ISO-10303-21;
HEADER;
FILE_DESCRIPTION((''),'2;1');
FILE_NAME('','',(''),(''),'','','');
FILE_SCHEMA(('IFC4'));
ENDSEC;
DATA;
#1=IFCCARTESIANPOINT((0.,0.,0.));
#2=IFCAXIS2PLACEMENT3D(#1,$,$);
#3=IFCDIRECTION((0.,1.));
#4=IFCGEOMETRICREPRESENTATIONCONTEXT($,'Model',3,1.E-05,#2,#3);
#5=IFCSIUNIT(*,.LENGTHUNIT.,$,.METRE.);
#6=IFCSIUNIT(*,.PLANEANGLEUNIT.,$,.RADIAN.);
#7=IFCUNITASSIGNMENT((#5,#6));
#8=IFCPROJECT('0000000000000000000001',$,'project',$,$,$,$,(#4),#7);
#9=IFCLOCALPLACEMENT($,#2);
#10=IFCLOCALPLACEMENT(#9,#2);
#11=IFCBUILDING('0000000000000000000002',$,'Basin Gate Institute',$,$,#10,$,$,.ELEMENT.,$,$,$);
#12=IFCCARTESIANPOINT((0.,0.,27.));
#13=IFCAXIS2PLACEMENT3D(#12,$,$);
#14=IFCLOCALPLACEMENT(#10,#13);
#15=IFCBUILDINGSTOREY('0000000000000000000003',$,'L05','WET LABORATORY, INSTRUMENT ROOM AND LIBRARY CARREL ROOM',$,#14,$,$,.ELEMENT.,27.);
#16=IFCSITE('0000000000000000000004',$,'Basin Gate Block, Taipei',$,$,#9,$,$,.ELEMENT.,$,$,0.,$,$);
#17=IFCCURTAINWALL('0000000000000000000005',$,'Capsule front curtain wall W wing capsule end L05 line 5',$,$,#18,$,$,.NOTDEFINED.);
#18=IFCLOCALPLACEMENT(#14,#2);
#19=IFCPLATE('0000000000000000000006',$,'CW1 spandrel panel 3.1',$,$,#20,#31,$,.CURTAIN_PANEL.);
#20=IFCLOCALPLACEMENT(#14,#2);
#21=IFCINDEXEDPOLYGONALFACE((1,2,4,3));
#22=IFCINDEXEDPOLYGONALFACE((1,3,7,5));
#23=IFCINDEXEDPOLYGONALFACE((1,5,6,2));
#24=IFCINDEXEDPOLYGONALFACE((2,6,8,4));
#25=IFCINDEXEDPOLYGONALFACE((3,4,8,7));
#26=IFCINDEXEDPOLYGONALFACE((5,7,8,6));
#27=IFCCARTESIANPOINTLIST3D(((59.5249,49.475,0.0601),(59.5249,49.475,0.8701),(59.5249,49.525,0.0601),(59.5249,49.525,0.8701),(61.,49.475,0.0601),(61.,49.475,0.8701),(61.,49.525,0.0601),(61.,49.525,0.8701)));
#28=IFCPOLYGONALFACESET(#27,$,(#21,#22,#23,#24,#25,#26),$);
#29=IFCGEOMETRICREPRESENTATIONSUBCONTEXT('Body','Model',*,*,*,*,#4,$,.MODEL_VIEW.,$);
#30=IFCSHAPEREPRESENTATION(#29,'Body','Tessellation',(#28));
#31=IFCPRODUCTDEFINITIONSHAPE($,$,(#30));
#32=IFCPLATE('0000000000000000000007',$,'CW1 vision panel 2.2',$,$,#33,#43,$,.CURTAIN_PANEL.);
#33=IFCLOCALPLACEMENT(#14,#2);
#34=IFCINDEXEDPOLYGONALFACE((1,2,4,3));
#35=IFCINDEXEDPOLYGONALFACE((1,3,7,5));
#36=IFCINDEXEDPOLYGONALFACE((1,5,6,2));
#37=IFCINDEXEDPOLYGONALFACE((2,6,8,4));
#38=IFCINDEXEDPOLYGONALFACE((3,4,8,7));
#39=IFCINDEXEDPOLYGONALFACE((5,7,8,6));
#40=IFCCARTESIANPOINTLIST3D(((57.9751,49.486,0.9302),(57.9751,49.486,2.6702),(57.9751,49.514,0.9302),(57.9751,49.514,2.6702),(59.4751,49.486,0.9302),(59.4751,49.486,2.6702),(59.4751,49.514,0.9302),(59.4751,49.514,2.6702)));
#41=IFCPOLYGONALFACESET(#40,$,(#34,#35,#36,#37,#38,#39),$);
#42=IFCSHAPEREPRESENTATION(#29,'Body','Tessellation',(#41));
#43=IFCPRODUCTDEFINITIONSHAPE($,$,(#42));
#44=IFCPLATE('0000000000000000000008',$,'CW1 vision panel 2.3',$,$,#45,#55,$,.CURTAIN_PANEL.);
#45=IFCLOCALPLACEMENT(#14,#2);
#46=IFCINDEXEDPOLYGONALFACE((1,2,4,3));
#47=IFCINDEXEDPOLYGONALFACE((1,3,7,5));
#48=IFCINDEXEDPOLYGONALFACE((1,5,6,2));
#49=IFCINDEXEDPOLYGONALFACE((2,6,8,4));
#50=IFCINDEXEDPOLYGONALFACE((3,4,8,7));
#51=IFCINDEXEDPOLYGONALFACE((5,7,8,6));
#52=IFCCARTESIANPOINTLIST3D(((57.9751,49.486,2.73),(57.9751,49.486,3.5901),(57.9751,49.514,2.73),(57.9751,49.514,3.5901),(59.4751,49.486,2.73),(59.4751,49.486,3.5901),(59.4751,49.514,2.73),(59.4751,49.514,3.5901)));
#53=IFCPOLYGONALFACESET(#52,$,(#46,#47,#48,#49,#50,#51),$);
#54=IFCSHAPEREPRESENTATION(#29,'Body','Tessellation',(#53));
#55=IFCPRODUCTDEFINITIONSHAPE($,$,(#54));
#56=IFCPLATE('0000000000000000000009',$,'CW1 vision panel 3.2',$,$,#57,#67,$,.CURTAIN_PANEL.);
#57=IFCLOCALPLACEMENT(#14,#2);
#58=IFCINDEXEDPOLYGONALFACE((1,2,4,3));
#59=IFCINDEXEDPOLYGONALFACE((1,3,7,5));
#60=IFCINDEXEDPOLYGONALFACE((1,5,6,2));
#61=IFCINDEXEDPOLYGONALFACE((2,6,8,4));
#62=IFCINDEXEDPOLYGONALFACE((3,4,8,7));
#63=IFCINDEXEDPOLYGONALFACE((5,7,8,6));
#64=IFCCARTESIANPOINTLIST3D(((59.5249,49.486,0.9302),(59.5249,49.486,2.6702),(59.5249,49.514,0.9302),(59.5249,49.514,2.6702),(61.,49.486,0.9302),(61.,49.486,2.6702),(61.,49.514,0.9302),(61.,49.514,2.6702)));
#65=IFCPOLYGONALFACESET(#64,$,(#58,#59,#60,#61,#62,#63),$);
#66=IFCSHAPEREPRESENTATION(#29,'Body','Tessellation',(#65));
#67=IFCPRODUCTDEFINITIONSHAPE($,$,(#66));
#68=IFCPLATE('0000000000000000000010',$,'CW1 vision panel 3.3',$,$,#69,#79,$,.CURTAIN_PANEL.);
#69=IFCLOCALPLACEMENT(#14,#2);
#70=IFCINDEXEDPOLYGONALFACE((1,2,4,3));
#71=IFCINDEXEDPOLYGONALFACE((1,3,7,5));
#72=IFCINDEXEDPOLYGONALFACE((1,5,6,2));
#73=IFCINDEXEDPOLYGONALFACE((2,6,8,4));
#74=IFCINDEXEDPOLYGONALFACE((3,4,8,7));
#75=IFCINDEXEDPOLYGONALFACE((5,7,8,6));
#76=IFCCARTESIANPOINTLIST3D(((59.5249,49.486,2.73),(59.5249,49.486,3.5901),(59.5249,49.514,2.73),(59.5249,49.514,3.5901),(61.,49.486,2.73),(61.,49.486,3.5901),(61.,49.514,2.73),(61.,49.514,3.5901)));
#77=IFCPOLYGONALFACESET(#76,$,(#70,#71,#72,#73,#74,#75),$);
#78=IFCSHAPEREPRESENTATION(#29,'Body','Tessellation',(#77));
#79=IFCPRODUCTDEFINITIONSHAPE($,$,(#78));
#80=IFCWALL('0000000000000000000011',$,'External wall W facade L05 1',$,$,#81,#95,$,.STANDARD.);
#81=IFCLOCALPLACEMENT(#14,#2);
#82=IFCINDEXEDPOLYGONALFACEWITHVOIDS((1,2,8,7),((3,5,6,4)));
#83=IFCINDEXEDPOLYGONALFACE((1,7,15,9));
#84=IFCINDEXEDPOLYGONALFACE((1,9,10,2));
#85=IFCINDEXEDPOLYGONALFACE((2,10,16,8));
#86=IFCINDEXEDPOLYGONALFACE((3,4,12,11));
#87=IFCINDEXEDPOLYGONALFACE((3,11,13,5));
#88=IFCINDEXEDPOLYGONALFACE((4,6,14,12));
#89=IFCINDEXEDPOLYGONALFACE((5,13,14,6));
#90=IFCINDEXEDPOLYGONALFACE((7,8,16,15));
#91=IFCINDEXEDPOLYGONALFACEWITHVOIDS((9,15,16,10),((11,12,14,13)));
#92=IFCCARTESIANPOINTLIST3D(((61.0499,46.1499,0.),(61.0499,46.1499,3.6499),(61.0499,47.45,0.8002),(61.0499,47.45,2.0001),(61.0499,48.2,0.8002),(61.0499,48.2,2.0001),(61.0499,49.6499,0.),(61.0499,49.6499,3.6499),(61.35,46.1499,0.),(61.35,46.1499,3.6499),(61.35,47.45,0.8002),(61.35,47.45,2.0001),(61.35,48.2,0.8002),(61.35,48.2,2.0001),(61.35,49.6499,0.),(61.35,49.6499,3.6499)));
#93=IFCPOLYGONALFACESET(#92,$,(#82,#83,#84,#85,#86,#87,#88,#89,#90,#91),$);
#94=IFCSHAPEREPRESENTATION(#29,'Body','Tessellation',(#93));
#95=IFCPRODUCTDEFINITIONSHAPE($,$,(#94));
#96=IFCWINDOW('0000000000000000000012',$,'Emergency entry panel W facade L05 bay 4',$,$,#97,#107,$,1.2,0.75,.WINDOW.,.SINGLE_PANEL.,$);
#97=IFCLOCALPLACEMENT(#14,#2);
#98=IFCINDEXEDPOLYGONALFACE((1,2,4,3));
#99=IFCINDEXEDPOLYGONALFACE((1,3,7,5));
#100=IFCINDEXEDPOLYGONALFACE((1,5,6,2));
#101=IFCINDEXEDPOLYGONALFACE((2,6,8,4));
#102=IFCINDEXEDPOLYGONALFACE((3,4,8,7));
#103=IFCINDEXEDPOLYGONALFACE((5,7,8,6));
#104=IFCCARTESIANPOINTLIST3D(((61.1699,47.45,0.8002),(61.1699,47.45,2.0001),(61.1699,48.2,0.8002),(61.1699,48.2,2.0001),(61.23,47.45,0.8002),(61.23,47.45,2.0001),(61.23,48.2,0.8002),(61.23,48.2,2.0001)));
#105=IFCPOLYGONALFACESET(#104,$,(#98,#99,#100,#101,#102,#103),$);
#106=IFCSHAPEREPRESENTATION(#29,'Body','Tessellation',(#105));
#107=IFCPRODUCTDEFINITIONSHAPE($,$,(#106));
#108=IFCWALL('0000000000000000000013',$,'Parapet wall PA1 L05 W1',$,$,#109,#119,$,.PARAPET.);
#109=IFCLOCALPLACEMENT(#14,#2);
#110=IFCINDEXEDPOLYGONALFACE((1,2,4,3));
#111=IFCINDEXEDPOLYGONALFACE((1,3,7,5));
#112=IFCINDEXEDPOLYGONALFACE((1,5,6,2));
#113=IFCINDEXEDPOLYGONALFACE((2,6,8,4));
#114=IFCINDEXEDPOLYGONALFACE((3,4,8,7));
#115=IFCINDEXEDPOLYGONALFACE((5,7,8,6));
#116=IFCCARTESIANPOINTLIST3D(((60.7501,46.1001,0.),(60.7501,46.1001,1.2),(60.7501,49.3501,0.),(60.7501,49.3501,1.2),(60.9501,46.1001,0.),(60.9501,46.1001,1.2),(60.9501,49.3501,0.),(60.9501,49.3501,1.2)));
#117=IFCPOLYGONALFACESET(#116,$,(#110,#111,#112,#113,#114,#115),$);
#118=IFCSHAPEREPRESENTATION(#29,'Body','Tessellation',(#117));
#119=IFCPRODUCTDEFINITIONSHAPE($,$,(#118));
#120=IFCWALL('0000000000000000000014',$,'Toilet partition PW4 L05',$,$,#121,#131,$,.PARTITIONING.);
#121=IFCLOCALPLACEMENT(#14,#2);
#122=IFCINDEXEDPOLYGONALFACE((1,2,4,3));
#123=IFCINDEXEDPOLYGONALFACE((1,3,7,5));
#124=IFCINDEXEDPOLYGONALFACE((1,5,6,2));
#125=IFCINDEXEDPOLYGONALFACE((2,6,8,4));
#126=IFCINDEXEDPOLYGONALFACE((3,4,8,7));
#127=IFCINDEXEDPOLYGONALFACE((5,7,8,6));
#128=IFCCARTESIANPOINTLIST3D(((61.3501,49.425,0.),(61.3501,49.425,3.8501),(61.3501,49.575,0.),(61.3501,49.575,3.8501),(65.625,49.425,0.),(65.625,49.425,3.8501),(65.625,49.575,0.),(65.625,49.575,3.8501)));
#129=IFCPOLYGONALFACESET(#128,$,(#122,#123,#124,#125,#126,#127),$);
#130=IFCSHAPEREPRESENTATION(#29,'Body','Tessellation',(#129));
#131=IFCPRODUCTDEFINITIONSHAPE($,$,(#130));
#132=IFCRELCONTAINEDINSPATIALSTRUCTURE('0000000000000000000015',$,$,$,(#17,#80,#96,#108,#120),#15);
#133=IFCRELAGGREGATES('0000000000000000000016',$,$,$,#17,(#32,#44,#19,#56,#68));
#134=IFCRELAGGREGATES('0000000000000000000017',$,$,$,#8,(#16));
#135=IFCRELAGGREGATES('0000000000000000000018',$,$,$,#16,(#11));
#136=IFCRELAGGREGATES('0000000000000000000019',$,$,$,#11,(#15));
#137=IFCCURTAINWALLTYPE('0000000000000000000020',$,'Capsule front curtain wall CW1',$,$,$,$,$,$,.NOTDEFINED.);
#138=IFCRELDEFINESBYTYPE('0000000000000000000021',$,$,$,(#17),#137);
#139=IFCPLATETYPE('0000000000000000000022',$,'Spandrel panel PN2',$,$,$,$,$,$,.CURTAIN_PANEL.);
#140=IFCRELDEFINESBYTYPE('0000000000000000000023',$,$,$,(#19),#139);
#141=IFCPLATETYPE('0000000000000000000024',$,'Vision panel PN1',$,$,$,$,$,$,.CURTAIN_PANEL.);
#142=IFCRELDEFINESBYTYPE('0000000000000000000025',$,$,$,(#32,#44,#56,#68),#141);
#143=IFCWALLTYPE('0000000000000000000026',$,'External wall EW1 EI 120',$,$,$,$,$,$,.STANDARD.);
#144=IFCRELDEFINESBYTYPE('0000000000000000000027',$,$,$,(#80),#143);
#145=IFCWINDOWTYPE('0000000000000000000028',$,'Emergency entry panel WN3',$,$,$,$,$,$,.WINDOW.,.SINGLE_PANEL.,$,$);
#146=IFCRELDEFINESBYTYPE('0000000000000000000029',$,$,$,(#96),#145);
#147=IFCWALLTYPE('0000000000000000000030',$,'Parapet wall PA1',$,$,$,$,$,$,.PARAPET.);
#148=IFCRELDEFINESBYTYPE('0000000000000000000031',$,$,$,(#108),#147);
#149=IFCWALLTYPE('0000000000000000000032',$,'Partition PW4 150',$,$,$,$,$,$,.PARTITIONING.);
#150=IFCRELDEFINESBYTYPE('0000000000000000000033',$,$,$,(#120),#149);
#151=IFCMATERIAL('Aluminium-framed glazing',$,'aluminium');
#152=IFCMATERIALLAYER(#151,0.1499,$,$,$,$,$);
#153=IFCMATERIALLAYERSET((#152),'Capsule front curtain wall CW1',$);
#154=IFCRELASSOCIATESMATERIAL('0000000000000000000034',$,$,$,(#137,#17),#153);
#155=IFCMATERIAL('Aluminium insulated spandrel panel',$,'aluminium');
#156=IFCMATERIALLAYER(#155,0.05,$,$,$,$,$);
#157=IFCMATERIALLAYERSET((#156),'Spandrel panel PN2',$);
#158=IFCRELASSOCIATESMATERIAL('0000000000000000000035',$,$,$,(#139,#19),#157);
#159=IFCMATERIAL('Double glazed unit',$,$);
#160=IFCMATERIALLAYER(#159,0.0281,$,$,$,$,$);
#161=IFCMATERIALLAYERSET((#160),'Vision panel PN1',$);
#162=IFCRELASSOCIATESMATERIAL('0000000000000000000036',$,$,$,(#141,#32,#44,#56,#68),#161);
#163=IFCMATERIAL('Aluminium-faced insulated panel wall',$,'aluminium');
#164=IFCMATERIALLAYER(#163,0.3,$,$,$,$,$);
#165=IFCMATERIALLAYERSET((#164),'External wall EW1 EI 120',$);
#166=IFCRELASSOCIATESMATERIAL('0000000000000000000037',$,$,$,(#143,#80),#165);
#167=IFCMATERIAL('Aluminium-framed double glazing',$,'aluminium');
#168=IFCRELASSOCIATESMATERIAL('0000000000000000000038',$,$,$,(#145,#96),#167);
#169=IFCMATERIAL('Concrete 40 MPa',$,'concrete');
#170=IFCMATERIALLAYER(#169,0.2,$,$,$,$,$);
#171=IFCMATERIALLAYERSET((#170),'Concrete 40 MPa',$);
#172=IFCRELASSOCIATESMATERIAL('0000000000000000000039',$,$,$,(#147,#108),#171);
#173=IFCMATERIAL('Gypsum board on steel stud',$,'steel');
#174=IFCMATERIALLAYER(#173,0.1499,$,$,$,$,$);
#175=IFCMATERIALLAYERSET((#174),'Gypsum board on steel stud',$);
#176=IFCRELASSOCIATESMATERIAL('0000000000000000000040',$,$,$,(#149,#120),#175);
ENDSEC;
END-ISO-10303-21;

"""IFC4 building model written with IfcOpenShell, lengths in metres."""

from ifc_helpers import new_model, si_unit, direction, frame, frame_2d, origin, origin_2d, place, context, subcontext, project, spatial, rectangle, extrude, material, layer, layer_set, type_object, element, fill, aggregate, save


model = new_model("IFC4")

# Units and contexts
model_context = context("Model", 3, precision=1e-05, world=origin(), true_north=direction((0.0, 1.0)))
body_context = subcontext(model_context, "Body", "Model", "MODEL_VIEW")
ifc_project = project(units=[si_unit("LENGTHUNIT", "METRE"), si_unit("PLANEANGLEUNIT", "RADIAN")], contexts=[model_context])

# Site, building, storey
site_placement = place(None, origin())
site = spatial("IfcSite", under=ifc_project, at=site_placement, Name="Basin Gate Block, Taipei", CompositionType="ELEMENT", RefElevation=0.0)
building_placement = place(site_placement, origin())
building = spatial("IfcBuilding", under=site, at=building_placement, Name="Basin Gate Institute", CompositionType="ELEMENT")
storey_placement = place(building_placement, frame((0.0, 0.0, 27.0)))
storey = spatial("IfcBuildingStorey", under=building, at=storey_placement, Name="L05", Description="WET LABORATORY, INSTRUMENT ROOM AND LIBRARY CARREL ROOM", CompositionType="ELEMENT", Elevation=27.0)

# Curtain wall, plates
ifc_material_1 = material(Name="Aluminium-framed glazing", Category="aluminium")
ifc_layer_1 = layer(ifc_material_1, 0.1499)
ifc_layer_set_1 = layer_set([ifc_layer_1], Name="Capsule front curtain wall CW1")
curtain_wall_type = type_object("IfcCurtainWallType", Name="Capsule front curtain wall CW1", PredefinedType="NOTDEFINED", material=ifc_layer_set_1)
curtain_wall_placement = place(storey_placement, origin())
curtain_wall = element("IfcCurtainWall", 1, at=curtain_wall_placement, inside=storey, type_object=curtain_wall_type, material=ifc_layer_set_1, Name="Capsule front curtain wall W wing capsule end L05 line 5", PredefinedType="NOTDEFINED")
ifc_material_2 = material(Name="Aluminium insulated spandrel panel", Category="aluminium")
ifc_layer_2 = layer(ifc_material_2, 0.05)
ifc_layer_set_2 = layer_set([ifc_layer_2], Name="Spandrel panel PN2")
plate_type_1 = type_object("IfcPlateType", Name="Spandrel panel PN2", PredefinedType="CURTAIN_PANEL", material=ifc_layer_set_2)
plate_1_placement = place(storey_placement, frame((60.2625, 49.5, 0.0601), z_axis=(0.0, 0.0, 1.0), x_axis=(1.0, 0.0, 0.0)))
plate_1 = element("IfcPlate", 2, at=plate_1_placement, type_object=plate_type_1, material=ifc_layer_set_2, Name="CW1 spandrel panel 3.1", PredefinedType="CURTAIN_PANEL", context=body_context, shape_type="SweptSolid", body=[
    extrude(rectangle(XDim=1.4751, YDim=0.05, at=origin_2d()), origin(), (0.0, 0.0, 1.0), 0.8101),
])
ifc_material_3 = material(Name="Double glazed unit")
ifc_layer_3 = layer(ifc_material_3, 0.0281)
ifc_layer_set_3 = layer_set([ifc_layer_3], Name="Vision panel PN1")
plate_type_2 = type_object("IfcPlateType", Name="Vision panel PN1", PredefinedType="CURTAIN_PANEL", material=ifc_layer_set_3)
plate_2_placement = place(storey_placement, frame((58.7251, 49.5, 0.9302), z_axis=(0.0, 0.0, 1.0), x_axis=(1.0, 0.0, 0.0)))
plate_2 = element("IfcPlate", 3, at=plate_2_placement, type_object=plate_type_2, material=ifc_layer_set_3, Name="CW1 vision panel 2.2", PredefinedType="CURTAIN_PANEL", context=body_context, shape_type="SweptSolid", body=[
    extrude(rectangle(XDim=1.5, YDim=0.0281, at=origin_2d()), origin(), (0.0, 0.0, 1.0), 1.74),
])
plate_3_placement = place(storey_placement, frame((58.7251, 49.5, 2.73), z_axis=(0.0, 0.0, 1.0), x_axis=(1.0, 0.0, 0.0)))
plate_3 = element("IfcPlate", 4, at=plate_3_placement, type_object=plate_type_2, material=ifc_layer_set_3, Name="CW1 vision panel 2.3", PredefinedType="CURTAIN_PANEL", context=body_context, shape_type="SweptSolid", body=[
    extrude(rectangle(XDim=1.5, YDim=0.0281, at=origin_2d()), origin(), (0.0, 0.0, 1.0), 0.8601),
])
plate_4_placement = place(storey_placement, frame((60.2625, 49.5, 0.9302), z_axis=(0.0, 0.0, 1.0), x_axis=(1.0, 0.0, 0.0)))
plate_4 = element("IfcPlate", 5, at=plate_4_placement, type_object=plate_type_2, material=ifc_layer_set_3, Name="CW1 vision panel 3.2", PredefinedType="CURTAIN_PANEL", context=body_context, shape_type="SweptSolid", body=[
    extrude(rectangle(XDim=1.4751, YDim=0.0281, at=origin_2d()), origin(), (0.0, 0.0, 1.0), 1.74),
])
plate_5_placement = place(storey_placement, frame((60.2625, 49.5, 2.73), z_axis=(0.0, 0.0, 1.0), x_axis=(1.0, 0.0, 0.0)))
plate_5 = element("IfcPlate", 6, at=plate_5_placement, type_object=plate_type_2, material=ifc_layer_set_3, Name="CW1 vision panel 3.3", PredefinedType="CURTAIN_PANEL", context=body_context, shape_type="SweptSolid", body=[
    extrude(rectangle(XDim=1.4751, YDim=0.0281, at=origin_2d()), origin(), (0.0, 0.0, 1.0), 0.8601),
])
aggregate(curtain_wall, [plate_2, plate_3, plate_1, plate_4, plate_5])

# Wall, opening, window
ifc_material_4 = material(Name="Aluminium-faced insulated panel wall", Category="aluminium")
ifc_layer_4 = layer(ifc_material_4, 0.3)
ifc_layer_set_4 = layer_set([ifc_layer_4], Name="External wall EW1 EI 120")
wall_type_1 = type_object("IfcWallType", Name="External wall EW1 EI 120", PredefinedType="STANDARD", material=ifc_layer_set_4)
wall_1_placement = place(storey_placement, frame((61.2, 46.1499, 0.0), z_axis=(0.0, 0.0, 1.0), x_axis=(0.0, 1.0, 0.0)))
wall_1 = element("IfcWall", 7, at=wall_1_placement, inside=storey, type_object=wall_type_1, material=ifc_layer_set_4, Name="External wall W facade L05 1", PredefinedType="STANDARD", context=body_context, shape_type="SweptSolid", body=[
    extrude(rectangle(XDim=3.5, YDim=0.3, at=frame_2d((1.75, 0.0))), origin(), (0.0, 0.0, 1.0), 3.6499),
])
opening_placement = place(wall_1_placement, frame((1.3, 0.0, 0.8)))
opening = element("IfcOpeningElement", 8, at=opening_placement, cuts=wall_1, PredefinedType="OPENING", context=body_context, shape_type="SweptSolid", body=[
    extrude(rectangle(XDim=0.75, YDim=1.2, at=frame_2d((0.375, 0.6001))), frame((0.0, 0.1602, 0.0), z_axis=(0.0, -1.0, 0.0), x_axis=(1.0, 0.0, 0.0)), (0.0, 0.0, 1.0), 0.3201),
])
ifc_material_5 = material(Name="Aluminium-framed double glazing", Category="aluminium")
window_type = type_object("IfcWindowType", Name="Emergency entry panel WN3", PartitioningType="SINGLE_PANEL", PredefinedType="WINDOW", material=ifc_material_5)
window_placement = place(opening_placement, origin())
window = element("IfcWindow", 9, at=window_placement, inside=storey, type_object=window_type, material=ifc_material_5, Name="Emergency entry panel W facade L05 bay 4", OverallHeight=1.2, OverallWidth=0.75, PartitioningType="SINGLE_PANEL", PredefinedType="WINDOW", context=body_context, shape_type="SweptSolid", body=[
    extrude(rectangle(XDim=0.75, YDim=1.2, at=frame_2d((0.375, 0.6001))), frame((0.0, 0.03, 0.0), z_axis=(0.0, -1.0, 0.0), x_axis=(1.0, 0.0, 0.0)), (0.0, 0.0, 1.0), 0.0601),
])
fill(opening, window)

# Walls
ifc_material_6 = material(Name="Concrete 40 MPa", Category="concrete")
ifc_layer_5 = layer(ifc_material_6, 0.2)
ifc_layer_set_5 = layer_set([ifc_layer_5], Name="Concrete 40 MPa")
wall_type_2 = type_object("IfcWallType", Name="Parapet wall PA1", PredefinedType="PARAPET", material=ifc_layer_set_5)
wall_2_placement = place(storey_placement, frame((60.8501, 49.3501, 0.0), z_axis=(0.0, 0.0, 1.0), x_axis=(0.0, -1.0, 0.0)))
element("IfcWall", 10, at=wall_2_placement, inside=storey, type_object=wall_type_2, material=ifc_layer_set_5, Name="Parapet wall PA1 L05 W1", PredefinedType="PARAPET", context=body_context, shape_type="SweptSolid", body=[
    extrude(rectangle(XDim=3.25, YDim=0.2, at=frame_2d((1.625, 0.0))), origin(), (0.0, 0.0, 1.0), 1.2),
])
ifc_material_7 = material(Name="Gypsum board on steel stud", Category="steel")
ifc_layer_6 = layer(ifc_material_7, 0.1499)
ifc_layer_set_6 = layer_set([ifc_layer_6], Name="Gypsum board on steel stud")
wall_type_3 = type_object("IfcWallType", Name="Partition PW4 150", PredefinedType="PARTITIONING", material=ifc_layer_set_6)
wall_3_placement = place(storey_placement, frame((61.3501, 49.5, 0.0), z_axis=(0.0, 0.0, 1.0), x_axis=(1.0, 0.0, 0.0)))
element("IfcWall", 11, at=wall_3_placement, inside=storey, type_object=wall_type_3, material=ifc_layer_set_6, Name="Toilet partition PW4 L05", PredefinedType="PARTITIONING", context=body_context, shape_type="SweptSolid", body=[
    extrude(rectangle(XDim=4.2749, YDim=0.1499, at=frame_2d((2.1375, 0.0))), origin(), (0.0, 0.0, 1.0), 3.8501),
])

save(model, "model.ifc")
